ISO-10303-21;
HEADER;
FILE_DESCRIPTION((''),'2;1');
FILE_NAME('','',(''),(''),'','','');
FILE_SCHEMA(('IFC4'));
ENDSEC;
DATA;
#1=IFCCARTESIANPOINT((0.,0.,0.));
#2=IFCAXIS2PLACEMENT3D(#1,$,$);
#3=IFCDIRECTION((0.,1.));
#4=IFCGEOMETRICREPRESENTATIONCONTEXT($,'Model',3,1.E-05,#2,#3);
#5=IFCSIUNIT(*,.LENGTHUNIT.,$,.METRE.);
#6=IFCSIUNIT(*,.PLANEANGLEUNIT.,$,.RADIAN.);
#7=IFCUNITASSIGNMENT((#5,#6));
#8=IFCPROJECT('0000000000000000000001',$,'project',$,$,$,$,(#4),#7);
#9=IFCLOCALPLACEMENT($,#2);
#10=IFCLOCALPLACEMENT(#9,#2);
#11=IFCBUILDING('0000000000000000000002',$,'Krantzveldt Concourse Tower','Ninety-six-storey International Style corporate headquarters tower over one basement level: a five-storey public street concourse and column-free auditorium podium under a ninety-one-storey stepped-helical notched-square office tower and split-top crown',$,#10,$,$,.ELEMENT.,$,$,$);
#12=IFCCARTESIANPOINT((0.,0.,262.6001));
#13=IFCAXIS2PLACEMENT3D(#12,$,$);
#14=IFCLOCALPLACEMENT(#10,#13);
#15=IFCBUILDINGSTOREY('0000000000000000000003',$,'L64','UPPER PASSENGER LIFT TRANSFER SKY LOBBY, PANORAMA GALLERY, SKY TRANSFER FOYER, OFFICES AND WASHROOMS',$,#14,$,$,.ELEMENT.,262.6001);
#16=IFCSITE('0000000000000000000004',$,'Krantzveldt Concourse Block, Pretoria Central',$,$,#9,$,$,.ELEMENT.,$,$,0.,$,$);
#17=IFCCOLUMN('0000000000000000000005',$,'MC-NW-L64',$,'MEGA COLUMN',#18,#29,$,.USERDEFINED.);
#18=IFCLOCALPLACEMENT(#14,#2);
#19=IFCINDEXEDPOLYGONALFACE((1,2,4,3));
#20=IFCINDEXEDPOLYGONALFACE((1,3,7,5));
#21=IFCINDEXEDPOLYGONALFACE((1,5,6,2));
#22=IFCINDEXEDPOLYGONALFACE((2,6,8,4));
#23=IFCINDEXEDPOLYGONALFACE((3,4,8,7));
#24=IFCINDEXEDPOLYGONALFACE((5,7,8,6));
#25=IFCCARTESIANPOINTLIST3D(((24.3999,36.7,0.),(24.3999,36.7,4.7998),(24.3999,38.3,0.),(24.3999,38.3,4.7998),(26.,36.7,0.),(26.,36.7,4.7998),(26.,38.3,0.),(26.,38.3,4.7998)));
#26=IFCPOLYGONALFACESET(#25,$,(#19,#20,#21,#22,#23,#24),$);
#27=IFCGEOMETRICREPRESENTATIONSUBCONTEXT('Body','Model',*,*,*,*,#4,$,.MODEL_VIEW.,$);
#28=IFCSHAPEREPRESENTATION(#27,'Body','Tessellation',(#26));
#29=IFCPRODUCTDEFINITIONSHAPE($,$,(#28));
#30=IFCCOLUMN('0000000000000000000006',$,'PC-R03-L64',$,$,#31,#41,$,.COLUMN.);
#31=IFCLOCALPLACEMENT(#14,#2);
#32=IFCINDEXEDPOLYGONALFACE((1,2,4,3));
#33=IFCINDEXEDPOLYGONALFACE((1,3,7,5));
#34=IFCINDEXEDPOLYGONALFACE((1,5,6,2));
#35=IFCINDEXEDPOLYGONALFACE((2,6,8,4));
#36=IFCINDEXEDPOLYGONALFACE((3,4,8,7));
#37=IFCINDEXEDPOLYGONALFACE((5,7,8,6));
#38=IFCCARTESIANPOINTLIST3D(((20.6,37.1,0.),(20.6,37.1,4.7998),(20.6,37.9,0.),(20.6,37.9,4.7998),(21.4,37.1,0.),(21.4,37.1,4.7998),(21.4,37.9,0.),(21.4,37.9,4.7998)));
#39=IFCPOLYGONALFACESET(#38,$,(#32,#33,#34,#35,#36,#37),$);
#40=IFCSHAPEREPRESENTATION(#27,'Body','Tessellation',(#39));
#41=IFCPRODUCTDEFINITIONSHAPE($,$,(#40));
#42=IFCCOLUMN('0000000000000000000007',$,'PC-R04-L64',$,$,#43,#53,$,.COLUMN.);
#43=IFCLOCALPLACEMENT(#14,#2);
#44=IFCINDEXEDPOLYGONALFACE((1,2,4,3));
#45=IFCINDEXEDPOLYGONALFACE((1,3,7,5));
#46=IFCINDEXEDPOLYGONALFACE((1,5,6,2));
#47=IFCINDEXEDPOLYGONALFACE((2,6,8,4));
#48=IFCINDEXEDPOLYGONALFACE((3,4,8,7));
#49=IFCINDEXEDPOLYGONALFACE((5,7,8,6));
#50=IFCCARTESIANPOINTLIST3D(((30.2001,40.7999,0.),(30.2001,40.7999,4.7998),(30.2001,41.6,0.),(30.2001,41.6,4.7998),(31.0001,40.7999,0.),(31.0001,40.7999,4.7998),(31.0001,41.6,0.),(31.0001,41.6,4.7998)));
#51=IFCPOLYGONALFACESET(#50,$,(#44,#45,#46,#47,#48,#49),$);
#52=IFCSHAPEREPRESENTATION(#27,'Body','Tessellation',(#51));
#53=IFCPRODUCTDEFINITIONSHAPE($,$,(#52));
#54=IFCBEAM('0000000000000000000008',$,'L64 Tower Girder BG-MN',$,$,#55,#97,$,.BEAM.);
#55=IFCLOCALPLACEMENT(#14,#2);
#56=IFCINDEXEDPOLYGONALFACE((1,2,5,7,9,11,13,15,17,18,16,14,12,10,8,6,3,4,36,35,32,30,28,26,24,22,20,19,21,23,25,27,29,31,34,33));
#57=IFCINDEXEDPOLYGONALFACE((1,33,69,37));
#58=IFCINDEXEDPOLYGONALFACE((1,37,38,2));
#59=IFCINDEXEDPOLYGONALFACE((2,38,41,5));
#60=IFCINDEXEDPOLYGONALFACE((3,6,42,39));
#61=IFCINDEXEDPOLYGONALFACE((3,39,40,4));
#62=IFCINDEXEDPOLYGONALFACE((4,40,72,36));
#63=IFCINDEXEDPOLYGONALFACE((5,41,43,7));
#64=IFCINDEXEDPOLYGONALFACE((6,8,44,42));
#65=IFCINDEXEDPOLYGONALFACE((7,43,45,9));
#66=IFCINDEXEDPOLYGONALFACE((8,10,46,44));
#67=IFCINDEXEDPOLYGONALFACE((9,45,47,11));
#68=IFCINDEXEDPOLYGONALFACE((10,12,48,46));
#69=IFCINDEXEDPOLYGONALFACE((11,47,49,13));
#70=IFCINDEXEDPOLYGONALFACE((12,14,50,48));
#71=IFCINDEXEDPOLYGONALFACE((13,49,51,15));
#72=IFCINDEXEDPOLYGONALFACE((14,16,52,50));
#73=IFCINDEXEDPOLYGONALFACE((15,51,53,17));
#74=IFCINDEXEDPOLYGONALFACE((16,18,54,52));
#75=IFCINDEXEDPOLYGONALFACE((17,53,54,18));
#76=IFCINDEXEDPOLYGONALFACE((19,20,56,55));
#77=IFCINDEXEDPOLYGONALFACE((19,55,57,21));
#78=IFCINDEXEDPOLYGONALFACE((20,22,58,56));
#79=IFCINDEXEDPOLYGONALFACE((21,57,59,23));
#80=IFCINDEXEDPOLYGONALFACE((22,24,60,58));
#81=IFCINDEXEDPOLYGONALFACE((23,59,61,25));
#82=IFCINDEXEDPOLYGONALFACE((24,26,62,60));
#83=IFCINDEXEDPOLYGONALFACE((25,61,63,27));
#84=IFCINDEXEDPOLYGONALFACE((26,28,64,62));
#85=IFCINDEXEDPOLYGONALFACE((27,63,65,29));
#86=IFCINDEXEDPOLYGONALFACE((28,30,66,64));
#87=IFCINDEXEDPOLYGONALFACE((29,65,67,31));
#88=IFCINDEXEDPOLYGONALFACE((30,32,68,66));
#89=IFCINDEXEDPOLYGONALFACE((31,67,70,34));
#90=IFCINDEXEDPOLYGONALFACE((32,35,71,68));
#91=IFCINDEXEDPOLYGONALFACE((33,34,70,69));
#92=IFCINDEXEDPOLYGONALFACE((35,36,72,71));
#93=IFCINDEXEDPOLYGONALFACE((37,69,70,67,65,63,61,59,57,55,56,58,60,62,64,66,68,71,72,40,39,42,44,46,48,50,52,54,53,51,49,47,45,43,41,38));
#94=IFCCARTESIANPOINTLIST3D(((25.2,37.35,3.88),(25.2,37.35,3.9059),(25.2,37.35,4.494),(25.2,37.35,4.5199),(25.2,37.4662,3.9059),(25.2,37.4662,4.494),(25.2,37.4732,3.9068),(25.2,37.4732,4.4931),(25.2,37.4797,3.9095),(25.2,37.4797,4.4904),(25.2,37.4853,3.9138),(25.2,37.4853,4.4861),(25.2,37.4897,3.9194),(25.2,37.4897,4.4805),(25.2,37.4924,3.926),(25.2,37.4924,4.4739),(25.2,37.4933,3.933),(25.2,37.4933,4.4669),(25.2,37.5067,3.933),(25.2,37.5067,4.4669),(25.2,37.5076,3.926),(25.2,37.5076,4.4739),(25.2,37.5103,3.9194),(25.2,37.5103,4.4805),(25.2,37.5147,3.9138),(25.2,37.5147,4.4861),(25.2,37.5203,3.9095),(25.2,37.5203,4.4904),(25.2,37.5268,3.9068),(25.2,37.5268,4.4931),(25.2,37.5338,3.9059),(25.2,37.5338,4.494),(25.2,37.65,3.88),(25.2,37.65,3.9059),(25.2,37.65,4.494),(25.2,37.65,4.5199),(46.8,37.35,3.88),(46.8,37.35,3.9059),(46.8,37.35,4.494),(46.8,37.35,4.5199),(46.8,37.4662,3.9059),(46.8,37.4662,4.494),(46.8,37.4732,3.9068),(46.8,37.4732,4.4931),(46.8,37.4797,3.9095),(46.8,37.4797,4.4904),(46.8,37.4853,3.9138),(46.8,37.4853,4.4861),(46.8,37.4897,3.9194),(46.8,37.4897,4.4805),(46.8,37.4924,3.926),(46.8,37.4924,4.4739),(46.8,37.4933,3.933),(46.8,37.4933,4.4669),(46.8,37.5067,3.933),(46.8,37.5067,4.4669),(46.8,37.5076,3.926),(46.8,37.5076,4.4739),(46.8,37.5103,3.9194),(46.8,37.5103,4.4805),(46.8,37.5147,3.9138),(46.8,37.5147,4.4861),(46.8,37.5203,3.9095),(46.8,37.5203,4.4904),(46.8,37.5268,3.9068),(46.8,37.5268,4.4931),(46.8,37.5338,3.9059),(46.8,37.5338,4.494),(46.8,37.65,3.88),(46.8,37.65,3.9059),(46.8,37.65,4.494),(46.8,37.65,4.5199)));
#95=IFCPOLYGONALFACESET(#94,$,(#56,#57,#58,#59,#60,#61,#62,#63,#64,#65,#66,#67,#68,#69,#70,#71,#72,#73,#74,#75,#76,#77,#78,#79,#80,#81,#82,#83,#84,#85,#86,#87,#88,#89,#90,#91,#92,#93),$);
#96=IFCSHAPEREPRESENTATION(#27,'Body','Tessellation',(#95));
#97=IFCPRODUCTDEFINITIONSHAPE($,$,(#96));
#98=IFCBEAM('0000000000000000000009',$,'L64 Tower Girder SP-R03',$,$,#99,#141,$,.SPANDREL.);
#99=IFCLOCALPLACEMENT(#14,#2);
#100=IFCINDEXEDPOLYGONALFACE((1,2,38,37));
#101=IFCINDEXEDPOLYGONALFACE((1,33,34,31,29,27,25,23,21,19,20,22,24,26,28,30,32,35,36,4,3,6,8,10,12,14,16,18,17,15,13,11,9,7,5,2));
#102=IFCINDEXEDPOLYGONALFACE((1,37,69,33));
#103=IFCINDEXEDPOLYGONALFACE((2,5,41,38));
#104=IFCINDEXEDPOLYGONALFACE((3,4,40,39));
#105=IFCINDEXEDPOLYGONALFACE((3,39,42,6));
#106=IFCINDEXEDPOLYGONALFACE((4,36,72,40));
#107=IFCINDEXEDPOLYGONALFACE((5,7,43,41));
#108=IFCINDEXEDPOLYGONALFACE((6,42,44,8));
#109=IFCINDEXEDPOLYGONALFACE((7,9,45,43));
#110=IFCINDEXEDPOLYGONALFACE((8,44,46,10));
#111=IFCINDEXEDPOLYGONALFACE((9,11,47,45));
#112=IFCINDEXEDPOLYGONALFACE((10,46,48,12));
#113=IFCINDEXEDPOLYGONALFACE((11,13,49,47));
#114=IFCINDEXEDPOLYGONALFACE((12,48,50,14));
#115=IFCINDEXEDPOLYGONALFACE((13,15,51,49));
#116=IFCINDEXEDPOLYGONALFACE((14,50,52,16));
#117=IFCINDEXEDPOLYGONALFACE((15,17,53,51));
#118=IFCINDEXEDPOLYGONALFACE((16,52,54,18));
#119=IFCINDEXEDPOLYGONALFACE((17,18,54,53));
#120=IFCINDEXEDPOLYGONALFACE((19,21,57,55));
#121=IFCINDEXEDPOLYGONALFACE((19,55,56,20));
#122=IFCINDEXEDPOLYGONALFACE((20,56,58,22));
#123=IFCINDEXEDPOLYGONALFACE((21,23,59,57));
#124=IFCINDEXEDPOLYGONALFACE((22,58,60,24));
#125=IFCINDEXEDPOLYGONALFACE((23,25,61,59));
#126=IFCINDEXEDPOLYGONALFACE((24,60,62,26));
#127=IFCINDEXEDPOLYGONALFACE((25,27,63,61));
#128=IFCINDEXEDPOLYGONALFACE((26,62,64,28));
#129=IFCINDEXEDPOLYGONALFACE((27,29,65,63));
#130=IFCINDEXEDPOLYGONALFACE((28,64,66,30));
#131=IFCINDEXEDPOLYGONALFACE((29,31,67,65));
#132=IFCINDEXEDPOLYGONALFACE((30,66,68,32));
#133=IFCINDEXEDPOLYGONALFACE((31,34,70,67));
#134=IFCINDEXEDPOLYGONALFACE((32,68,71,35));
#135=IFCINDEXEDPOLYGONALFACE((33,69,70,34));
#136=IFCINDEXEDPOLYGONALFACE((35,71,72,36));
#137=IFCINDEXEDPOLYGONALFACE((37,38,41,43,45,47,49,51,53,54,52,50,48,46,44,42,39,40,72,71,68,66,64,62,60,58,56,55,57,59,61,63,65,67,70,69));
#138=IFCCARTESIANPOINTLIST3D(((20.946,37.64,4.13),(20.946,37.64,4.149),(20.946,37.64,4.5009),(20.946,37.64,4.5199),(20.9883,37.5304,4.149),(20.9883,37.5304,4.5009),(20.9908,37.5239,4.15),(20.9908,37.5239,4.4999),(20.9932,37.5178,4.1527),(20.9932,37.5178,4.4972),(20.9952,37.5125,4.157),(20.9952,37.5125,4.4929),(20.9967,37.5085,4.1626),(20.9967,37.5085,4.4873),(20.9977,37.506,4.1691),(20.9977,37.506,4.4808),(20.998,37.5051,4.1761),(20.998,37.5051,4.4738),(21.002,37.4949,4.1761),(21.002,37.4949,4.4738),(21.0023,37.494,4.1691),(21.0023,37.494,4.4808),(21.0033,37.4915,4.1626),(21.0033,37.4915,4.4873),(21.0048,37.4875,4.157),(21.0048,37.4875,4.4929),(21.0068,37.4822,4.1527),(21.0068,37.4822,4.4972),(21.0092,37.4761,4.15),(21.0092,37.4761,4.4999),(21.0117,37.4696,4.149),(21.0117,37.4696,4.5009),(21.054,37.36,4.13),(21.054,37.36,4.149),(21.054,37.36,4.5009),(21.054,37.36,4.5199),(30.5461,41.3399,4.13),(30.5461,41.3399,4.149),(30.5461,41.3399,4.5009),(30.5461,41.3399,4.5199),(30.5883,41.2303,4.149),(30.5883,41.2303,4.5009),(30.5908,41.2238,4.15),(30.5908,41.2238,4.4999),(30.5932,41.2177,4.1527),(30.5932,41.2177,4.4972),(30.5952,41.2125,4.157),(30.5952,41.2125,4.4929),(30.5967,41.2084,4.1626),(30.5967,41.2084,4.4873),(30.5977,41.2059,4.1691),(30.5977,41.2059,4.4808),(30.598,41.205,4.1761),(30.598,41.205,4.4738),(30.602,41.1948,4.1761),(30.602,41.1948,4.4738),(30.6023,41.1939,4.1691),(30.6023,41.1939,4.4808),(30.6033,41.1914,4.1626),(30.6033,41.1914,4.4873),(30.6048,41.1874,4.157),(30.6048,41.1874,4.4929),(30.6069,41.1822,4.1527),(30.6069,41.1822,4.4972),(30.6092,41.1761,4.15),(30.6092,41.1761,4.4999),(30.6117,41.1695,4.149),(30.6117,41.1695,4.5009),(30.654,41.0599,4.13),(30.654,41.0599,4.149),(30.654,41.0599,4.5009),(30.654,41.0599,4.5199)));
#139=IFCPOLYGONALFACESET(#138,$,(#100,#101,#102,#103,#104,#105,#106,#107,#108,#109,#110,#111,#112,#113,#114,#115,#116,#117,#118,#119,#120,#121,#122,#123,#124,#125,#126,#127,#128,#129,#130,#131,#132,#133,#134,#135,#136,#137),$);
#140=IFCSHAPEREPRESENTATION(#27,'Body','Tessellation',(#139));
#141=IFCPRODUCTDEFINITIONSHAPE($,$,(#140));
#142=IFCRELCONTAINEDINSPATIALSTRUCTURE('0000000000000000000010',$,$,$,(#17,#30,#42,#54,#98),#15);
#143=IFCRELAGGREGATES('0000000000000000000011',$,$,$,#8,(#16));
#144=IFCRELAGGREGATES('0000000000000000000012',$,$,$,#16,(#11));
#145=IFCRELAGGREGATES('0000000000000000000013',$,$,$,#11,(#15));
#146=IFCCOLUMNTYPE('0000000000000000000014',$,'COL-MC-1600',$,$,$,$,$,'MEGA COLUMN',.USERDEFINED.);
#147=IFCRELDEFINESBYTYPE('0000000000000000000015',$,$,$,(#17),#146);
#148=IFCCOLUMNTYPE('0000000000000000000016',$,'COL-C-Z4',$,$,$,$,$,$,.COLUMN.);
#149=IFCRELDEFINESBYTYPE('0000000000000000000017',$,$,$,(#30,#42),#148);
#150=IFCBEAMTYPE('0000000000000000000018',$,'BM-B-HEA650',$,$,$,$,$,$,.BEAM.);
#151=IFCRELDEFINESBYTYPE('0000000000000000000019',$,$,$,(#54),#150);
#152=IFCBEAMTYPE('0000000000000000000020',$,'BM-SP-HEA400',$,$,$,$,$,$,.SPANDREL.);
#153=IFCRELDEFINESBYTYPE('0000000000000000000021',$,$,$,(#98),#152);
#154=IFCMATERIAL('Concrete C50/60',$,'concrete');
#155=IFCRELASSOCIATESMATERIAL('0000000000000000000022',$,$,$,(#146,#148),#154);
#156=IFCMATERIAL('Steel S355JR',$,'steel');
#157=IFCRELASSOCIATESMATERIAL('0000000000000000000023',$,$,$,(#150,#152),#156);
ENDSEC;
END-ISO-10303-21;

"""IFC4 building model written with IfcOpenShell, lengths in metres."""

from ifc_helpers import new_model, si_unit, direction, frame, origin, origin_2d, place, context, subcontext, project, spatial, rectangle, i_section, extrude, source, transform, mapped, material, material_profile, profile_set, type_object, type_shapes, element, save


model = new_model("IFC4")

# Units and contexts
model_context = context("Model", 3, precision=1e-05, world=origin(), true_north=direction((0.0, 1.0)))
body_context = subcontext(model_context, "Body", "Model", "MODEL_VIEW")
ifc_project = project(units=[si_unit("LENGTHUNIT", "METRE"), si_unit("PLANEANGLEUNIT", "RADIAN")], contexts=[model_context])

# Site, building, storey
site_placement = place(None, origin())
site = spatial("IfcSite", under=ifc_project, at=site_placement, Name="Krantzveldt Concourse Block, Pretoria Central", CompositionType="ELEMENT", RefElevation=0.0)
building_placement = place(site_placement, origin())
building = spatial("IfcBuilding", under=site, at=building_placement, Name="Krantzveldt Concourse Tower", Description="Ninety-six-storey International Style corporate headquarters tower over one basement level: a five-storey public street concourse and column-free auditorium podium under a ninety-one-storey stepped-helical notched-square office tower and split-top crown", CompositionType="ELEMENT")
storey_placement = place(building_placement, frame((0.0, 0.0, 262.6001)))
storey = spatial("IfcBuildingStorey", under=building, at=storey_placement, Name="L64", Description="UPPER PASSENGER LIFT TRANSFER SKY LOBBY, PANORAMA GALLERY, SKY TRANSFER FOYER, OFFICES AND WASHROOMS", CompositionType="ELEMENT", Elevation=262.6001)

# Columns
ifc_material_1 = material(Name="Concrete C50/60", Category="concrete")
ifc_material_profile_1 = material_profile(ifc_material_1, rectangle(XDim=1.6001, YDim=1.6001, at=origin_2d()), Name="Concrete C50/60", Category="concrete")
ifc_profile_set_1 = profile_set([ifc_material_profile_1], Name="Concrete C50/60 - RC 1600x1600")
column_type_1 = type_object("IfcColumnType", Name="COL-MC-1600", ElementType="MEGA COLUMN", PredefinedType="USERDEFINED", material=ifc_profile_set_1)
shared_shape_1 = source(origin(), body_context, "Body", "SweptSolid", [
    extrude(rectangle(XDim=1.6001, YDim=1.6001, at=origin_2d()), origin(), (0.0, 0.0, 1.0), 4.7998),
])
type_shapes(column_type_1, [shared_shape_1])
column_placement = place(storey_placement, frame((25.2, 37.5, 0.0), z_axis=(0.0, 0.0, 1.0), x_axis=(1.0, 0.0, 0.0)))
element("IfcColumn", 1, at=column_placement, inside=storey, type_object=column_type_1, Name="MC-NW-L64", ObjectType="MEGA COLUMN", PredefinedType="USERDEFINED", context=body_context, shape_type="MappedRepresentation", body=[
    mapped(shared_shape_1, transform((0.0, 0.0, 0.0), x_axis=(1.0, 0.0, 0.0), y_axis=(0.0, 1.0, 0.0), z_axis=(0.0, 0.0, 1.0), scale=1.0)),
])
ifc_material_profile_2 = material_profile(ifc_material_1, rectangle(XDim=0.8, YDim=0.8, at=origin_2d()), Name="Concrete C50/60", Category="concrete")
ifc_profile_set_2 = profile_set([ifc_material_profile_2], Name="Concrete C50/60 - RC 800x800")
column_type_2 = type_object("IfcColumnType", Name="COL-C-Z4", PredefinedType="COLUMN", material=ifc_profile_set_2)
shared_shape_2 = source(origin(), body_context, "Body", "SweptSolid", [
    extrude(rectangle(XDim=0.8, YDim=0.8, at=origin_2d()), origin(), (0.0, 0.0, 1.0), 4.7998),
])
type_shapes(column_type_2, [shared_shape_2])
for number, where, z_axis, x_axis, name in (
    (2, (21.0, 37.5, 0.0), (0.0, 0.0, 1.0), (1.0, 0.0, 0.0), "PC-R03-L64"),
    (3, (30.6001, 41.2, 0.0), (0.0, 0.0, 1.0), (1.0, 0.0, 0.0), "PC-R04-L64"),
):
    element("IfcColumn", number, at=place(storey_placement, frame(where, z_axis=z_axis, x_axis=x_axis)), inside=storey, type_object=column_type_2, Name=name, PredefinedType="COLUMN", context=body_context, shape_type="MappedRepresentation", body=[
        mapped(shared_shape_2, transform((0.0, 0.0, 0.0), x_axis=(1.0, 0.0, 0.0), y_axis=(0.0, 1.0, 0.0), z_axis=(0.0, 0.0, 1.0), scale=1.0)),
    ])

# Beams
ifc_material_2 = material(Name="Steel S355JR", Category="steel")
ifc_material_profile_3 = material_profile(ifc_material_2, i_section(OverallWidth=0.3, OverallDepth=0.6399, WebThickness=0.0134, FlangeThickness=0.0259, FilletRadius=0.0271, at=origin_2d()), Name="Steel S355JR", Category="steel")
ifc_profile_set_3 = profile_set([ifc_material_profile_3], Name="Steel S355JR - HEA 650")
beam_type_1 = type_object("IfcBeamType", Name="BM-B-HEA650", PredefinedType="BEAM", material=ifc_profile_set_3)
shared_shape_3 = source(origin(), body_context, "Body", "SweptSolid", [
    extrude(i_section(OverallWidth=0.3, OverallDepth=0.6399, WebThickness=0.0134, FlangeThickness=0.0259, FilletRadius=0.0271, at=origin_2d()), origin(), (0.0, 0.0, 1.0), 21.6001),
])
type_shapes(beam_type_1, [shared_shape_3])
beam_1_placement = place(storey_placement, frame((25.2, 37.5, 4.2), z_axis=(1.0, 0.0, 0.0), x_axis=(0.0, 1.0, 0.0)))
element("IfcBeam", 4, at=beam_1_placement, inside=storey, type_object=beam_type_1, Name="L64 Tower Girder BG-MN", PredefinedType="BEAM", context=body_context, shape_type="MappedRepresentation", body=[
    mapped(shared_shape_3, transform((0.0, 0.0, 0.0), x_axis=(1.0, 0.0, 0.0), y_axis=(0.0, 1.0, 0.0), z_axis=(0.0, 0.0, 1.0), scale=1.0)),
])
ifc_material_profile_4 = material_profile(ifc_material_2, i_section(OverallWidth=0.3, OverallDepth=0.3899, WebThickness=0.011, FlangeThickness=0.019, FilletRadius=0.0271, at=origin_2d()), Name="Steel S355JR", Category="steel")
ifc_profile_set_4 = profile_set([ifc_material_profile_4], Name="Steel S355JR - HEA 400")
beam_type_2 = type_object("IfcBeamType", Name="BM-SP-HEA400", PredefinedType="SPANDREL", material=ifc_profile_set_4)
shared_shape_4 = source(origin(), body_context, "Body", "SweptSolid", [
    extrude(i_section(OverallWidth=0.3, OverallDepth=0.3899, WebThickness=0.011, FlangeThickness=0.019, FilletRadius=0.0271, at=origin_2d()), origin(), (0.0, 0.0, 1.0), 10.2883),
])
beam_2_placement = place(storey_placement, frame((21.0, 37.5, 4.325), z_axis=(0.933098, 0.359623, 0.0), x_axis=(-0.359623, 0.933098, 0.0)))
element("IfcBeam", 5, at=beam_2_placement, inside=storey, type_object=beam_type_2, Name="L64 Tower Girder SP-R03", PredefinedType="SPANDREL", context=body_context, shape_type="MappedRepresentation", body=[
    mapped(shared_shape_4, transform((0.0, 0.0, 0.0), x_axis=(1.0, 0.0, 0.0), y_axis=(0.0, 1.0, 0.0), z_axis=(0.0, 0.0, 1.0), scale=1.0)),
])

save(model, "model.ifc")
